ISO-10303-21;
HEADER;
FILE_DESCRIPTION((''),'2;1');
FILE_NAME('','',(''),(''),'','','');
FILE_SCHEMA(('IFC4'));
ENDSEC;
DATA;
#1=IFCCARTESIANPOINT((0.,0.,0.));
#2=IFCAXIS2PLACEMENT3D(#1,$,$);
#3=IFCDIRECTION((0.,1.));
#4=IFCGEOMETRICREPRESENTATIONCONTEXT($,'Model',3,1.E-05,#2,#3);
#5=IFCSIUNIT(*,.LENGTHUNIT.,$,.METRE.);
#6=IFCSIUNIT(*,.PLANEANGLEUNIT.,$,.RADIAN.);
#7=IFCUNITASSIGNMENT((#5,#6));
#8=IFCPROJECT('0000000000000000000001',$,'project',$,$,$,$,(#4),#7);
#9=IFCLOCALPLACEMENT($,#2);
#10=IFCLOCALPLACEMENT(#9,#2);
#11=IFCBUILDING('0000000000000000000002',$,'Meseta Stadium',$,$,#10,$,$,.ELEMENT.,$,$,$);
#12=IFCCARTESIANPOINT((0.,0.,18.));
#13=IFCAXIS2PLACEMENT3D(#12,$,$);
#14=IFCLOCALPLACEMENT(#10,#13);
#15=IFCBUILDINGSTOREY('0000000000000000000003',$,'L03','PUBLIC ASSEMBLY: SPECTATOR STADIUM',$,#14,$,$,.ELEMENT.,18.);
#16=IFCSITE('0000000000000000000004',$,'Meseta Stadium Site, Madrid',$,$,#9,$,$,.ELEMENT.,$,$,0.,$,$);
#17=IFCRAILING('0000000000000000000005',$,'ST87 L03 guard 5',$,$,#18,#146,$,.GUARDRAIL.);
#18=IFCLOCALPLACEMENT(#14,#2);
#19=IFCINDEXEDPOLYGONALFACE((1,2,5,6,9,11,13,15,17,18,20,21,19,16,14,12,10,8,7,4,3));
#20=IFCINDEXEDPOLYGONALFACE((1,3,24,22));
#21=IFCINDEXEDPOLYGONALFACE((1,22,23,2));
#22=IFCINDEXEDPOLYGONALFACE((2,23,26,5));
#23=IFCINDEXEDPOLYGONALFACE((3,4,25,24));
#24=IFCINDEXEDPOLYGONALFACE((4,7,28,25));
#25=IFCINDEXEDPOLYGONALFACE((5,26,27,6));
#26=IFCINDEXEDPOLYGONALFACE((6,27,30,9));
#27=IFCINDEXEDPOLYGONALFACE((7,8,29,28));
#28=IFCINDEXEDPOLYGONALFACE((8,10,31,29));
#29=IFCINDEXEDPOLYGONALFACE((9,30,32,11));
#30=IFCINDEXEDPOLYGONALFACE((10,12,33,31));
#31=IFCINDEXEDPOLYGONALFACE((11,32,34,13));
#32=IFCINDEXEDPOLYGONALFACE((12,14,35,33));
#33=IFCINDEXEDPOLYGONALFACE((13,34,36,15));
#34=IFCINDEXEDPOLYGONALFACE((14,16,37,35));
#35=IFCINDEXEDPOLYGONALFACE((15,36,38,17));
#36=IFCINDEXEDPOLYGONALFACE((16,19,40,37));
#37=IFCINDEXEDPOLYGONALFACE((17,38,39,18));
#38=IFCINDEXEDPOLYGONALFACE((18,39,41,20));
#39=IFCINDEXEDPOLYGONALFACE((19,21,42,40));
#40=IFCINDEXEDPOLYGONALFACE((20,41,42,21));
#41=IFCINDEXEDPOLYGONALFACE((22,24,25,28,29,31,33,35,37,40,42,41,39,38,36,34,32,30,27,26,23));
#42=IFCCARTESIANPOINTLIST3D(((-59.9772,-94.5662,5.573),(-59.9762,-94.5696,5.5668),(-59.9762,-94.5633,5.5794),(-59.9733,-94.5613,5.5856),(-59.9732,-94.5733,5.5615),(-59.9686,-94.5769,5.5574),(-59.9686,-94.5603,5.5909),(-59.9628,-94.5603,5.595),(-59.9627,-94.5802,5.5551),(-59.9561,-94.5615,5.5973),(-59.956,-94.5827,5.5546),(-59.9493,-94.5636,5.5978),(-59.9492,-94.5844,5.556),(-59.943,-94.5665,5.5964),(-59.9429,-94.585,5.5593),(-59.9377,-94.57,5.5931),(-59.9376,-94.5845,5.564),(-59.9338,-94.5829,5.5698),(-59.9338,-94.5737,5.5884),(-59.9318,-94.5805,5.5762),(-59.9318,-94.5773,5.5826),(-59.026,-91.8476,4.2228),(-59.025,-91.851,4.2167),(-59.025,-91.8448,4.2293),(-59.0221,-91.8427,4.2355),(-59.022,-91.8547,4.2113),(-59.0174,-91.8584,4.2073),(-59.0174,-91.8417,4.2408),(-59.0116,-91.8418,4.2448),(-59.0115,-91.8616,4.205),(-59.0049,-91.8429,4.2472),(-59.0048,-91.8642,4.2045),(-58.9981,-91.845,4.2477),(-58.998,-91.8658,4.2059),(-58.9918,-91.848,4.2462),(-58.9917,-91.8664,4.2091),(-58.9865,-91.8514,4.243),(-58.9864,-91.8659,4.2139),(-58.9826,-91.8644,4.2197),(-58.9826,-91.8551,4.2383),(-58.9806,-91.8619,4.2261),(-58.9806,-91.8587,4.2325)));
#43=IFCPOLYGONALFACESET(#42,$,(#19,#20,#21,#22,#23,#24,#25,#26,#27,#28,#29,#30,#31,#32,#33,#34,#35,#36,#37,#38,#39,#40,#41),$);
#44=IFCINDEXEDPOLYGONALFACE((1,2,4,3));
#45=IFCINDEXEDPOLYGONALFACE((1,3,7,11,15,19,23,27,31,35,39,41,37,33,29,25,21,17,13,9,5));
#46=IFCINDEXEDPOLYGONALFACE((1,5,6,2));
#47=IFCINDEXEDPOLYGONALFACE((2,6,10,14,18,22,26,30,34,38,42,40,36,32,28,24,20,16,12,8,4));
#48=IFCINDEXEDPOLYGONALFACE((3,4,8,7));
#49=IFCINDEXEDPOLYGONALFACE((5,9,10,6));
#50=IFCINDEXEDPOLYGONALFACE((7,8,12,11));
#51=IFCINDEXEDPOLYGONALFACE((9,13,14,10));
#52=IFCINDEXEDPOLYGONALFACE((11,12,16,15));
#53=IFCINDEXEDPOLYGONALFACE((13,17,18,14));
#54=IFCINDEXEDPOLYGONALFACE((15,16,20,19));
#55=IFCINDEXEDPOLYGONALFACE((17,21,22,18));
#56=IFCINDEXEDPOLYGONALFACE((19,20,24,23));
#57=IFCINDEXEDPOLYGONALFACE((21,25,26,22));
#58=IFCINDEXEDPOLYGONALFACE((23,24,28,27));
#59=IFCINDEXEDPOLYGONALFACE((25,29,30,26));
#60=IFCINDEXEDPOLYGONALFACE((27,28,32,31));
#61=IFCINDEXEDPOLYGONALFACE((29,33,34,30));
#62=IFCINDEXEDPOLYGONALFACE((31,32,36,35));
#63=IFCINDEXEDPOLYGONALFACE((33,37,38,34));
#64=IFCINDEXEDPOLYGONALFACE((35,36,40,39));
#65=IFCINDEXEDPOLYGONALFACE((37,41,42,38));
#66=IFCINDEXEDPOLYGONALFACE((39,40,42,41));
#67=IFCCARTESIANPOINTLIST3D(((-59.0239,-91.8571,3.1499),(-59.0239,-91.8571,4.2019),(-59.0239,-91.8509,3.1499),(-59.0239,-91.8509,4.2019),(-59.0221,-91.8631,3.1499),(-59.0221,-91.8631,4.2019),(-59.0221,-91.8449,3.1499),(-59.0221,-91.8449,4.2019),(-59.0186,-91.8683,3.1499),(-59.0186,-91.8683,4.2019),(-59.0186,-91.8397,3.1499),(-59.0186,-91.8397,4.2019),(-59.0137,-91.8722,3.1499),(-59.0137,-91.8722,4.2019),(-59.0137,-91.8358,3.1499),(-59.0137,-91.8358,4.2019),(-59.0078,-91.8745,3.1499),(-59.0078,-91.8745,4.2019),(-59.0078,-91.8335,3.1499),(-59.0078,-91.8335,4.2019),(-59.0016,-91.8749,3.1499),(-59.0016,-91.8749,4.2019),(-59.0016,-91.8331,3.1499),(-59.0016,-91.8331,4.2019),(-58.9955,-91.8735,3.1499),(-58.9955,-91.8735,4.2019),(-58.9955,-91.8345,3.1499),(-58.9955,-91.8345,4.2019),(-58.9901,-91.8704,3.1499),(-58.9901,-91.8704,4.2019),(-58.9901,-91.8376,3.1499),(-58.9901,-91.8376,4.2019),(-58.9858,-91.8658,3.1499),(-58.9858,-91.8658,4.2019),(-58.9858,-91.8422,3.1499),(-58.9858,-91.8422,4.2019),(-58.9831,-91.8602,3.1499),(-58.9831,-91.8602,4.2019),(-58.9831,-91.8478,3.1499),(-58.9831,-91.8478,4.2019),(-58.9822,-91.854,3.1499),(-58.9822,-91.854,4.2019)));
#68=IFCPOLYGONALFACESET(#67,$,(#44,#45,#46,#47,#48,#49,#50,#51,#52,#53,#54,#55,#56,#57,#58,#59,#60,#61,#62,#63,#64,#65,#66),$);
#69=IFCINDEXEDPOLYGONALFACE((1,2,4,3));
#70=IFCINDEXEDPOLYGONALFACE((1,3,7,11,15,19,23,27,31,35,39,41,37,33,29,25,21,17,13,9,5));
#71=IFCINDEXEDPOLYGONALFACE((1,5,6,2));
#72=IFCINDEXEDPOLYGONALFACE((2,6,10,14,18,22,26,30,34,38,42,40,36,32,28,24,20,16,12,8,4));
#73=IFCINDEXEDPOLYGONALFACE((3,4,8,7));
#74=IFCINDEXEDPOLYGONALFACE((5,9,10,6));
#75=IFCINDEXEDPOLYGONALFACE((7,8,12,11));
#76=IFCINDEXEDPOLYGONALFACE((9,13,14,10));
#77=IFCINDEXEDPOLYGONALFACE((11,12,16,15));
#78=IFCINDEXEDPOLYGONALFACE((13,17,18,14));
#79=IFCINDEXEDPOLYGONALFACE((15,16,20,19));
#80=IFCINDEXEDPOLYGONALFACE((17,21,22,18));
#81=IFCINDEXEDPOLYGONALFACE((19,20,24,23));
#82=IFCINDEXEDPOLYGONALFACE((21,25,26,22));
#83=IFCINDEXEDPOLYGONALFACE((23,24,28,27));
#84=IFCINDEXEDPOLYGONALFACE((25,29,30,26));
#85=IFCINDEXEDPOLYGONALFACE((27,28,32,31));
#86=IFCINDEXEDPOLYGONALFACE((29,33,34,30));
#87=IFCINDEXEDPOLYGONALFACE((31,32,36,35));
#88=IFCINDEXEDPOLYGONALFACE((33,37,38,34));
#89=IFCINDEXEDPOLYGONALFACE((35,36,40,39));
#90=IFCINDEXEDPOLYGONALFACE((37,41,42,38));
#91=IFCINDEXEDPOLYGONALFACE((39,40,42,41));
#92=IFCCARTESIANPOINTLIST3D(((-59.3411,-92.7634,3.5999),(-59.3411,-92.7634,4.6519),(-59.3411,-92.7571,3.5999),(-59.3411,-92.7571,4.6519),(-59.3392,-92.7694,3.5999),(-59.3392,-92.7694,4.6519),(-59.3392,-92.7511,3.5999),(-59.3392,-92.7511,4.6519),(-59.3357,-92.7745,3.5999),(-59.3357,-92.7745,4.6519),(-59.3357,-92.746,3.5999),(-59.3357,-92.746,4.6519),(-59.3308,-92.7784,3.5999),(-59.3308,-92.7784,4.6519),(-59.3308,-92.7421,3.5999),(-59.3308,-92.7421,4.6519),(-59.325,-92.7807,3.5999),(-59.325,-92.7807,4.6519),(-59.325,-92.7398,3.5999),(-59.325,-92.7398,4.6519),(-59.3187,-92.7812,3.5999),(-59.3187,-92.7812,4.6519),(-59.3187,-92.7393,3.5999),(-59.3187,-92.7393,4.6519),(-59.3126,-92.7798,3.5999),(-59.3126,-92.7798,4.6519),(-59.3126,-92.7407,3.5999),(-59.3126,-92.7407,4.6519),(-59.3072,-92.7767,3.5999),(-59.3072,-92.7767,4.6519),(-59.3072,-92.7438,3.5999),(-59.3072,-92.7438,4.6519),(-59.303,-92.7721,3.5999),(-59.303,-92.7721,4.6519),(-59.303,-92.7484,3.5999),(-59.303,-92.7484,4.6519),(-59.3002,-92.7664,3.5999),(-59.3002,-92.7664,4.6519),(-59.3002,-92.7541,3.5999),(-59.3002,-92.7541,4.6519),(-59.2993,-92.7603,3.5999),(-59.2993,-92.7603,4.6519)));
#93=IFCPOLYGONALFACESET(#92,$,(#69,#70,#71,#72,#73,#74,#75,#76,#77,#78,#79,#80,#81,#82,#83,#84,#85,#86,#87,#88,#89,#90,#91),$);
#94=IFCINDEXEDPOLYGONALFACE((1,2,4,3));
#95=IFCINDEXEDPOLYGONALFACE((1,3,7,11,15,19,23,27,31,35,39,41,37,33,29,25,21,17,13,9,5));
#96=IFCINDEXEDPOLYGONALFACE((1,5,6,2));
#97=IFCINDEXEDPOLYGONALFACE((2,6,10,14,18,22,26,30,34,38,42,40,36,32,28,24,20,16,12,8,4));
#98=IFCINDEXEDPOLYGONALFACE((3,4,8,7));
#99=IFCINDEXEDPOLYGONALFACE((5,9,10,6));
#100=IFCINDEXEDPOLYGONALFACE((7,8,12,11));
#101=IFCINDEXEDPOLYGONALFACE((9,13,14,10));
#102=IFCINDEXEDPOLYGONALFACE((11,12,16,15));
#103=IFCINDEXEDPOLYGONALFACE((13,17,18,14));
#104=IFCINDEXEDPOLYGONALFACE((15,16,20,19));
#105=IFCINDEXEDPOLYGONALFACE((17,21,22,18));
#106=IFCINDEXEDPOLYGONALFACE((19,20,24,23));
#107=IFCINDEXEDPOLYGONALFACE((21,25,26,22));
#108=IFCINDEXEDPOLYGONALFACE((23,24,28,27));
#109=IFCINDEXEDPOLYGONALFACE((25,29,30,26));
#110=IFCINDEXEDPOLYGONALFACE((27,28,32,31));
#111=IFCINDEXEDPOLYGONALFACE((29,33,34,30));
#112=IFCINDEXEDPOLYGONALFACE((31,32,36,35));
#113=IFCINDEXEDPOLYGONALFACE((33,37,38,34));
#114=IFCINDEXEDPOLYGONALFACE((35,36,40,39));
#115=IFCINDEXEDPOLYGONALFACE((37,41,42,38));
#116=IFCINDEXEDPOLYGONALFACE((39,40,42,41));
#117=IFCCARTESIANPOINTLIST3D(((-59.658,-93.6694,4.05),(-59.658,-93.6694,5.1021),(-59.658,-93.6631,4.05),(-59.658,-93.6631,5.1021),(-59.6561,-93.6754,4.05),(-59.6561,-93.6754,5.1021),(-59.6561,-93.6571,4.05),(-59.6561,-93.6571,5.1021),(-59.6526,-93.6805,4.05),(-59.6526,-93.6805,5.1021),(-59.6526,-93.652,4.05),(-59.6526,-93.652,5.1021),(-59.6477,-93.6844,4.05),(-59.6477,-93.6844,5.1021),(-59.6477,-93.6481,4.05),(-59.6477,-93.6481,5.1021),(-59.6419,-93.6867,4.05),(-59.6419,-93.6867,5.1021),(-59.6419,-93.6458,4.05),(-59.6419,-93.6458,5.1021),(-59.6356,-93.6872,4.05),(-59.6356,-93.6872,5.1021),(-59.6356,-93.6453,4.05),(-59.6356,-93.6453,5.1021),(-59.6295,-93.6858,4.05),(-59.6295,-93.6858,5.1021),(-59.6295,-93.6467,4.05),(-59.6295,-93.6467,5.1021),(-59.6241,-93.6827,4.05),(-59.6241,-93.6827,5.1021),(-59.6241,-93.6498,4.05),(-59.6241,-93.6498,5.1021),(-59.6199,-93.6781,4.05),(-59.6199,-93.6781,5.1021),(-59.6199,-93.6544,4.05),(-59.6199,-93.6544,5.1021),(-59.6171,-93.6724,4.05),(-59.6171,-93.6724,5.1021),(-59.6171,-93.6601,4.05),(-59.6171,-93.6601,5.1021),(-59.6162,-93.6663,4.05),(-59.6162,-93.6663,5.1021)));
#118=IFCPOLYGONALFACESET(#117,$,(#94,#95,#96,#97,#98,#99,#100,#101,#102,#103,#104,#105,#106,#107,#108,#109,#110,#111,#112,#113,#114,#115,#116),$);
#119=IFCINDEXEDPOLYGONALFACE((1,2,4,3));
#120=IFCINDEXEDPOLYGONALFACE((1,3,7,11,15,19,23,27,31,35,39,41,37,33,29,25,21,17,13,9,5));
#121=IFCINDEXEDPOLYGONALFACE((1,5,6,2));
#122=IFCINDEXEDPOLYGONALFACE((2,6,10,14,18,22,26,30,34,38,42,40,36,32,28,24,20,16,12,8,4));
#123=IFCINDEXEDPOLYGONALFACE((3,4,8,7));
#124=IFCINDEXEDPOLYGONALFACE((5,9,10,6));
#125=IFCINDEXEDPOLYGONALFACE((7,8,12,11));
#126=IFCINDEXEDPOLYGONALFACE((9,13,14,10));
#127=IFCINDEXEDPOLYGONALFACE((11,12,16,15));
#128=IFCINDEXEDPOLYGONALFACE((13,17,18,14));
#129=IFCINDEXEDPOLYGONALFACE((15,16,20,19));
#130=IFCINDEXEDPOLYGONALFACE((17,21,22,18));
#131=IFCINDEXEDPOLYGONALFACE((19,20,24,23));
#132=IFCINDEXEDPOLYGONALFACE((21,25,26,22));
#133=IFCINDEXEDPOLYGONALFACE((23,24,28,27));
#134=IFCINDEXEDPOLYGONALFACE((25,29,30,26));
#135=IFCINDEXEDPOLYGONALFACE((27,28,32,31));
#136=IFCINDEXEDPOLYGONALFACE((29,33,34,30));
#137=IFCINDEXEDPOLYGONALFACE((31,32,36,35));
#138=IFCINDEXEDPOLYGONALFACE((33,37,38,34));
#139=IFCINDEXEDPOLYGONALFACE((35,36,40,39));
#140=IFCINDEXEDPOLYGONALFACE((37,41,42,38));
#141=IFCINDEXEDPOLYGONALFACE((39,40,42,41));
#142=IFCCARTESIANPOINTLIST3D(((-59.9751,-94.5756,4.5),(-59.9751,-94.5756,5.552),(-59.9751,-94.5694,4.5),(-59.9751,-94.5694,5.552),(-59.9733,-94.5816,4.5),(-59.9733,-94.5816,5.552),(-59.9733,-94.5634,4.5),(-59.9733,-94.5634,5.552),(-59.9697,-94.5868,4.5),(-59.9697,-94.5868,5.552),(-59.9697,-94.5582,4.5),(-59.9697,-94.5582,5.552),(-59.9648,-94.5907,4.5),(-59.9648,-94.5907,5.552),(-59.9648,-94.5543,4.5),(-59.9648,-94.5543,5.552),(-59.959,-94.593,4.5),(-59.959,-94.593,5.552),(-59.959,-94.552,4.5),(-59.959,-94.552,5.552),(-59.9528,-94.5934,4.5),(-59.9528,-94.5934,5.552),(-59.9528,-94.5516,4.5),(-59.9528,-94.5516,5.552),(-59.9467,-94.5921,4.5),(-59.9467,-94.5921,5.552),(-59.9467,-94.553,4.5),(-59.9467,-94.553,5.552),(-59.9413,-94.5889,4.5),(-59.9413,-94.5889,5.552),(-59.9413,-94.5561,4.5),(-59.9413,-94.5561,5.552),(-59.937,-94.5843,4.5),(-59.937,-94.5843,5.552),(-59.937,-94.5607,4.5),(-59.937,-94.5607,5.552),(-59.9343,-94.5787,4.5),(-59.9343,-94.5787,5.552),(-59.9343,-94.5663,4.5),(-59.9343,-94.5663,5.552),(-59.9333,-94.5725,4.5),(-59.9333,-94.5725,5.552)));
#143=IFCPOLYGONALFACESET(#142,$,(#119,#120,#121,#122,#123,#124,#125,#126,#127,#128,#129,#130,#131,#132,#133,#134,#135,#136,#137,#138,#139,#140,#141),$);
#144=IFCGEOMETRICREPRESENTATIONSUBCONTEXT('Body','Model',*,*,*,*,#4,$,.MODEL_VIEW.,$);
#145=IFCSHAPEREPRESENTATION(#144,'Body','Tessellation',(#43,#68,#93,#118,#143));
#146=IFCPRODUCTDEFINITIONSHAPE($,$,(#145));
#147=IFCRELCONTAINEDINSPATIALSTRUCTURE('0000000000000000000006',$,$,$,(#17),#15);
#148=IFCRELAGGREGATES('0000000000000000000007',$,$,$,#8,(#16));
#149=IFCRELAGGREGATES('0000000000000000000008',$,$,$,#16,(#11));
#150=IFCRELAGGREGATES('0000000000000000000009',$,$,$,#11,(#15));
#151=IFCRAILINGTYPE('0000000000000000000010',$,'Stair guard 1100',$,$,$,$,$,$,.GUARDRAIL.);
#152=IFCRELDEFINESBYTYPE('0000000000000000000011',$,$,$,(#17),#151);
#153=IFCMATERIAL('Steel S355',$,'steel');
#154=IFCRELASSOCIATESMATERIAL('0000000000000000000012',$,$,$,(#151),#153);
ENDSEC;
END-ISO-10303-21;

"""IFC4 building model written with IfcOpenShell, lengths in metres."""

from ifc_helpers import new_model, si_unit, direction, frame, origin, origin_2d, place, context, subcontext, project, spatial, circle, extrude, material, type_object, element, save


model = new_model("IFC4")

# Units and contexts
model_context = context("Model", 3, precision=1e-05, world=origin(), true_north=direction((0.0, 1.0)))
body_context = subcontext(model_context, "Body", "Model", "MODEL_VIEW")
ifc_project = project(units=[si_unit("LENGTHUNIT", "METRE"), si_unit("PLANEANGLEUNIT", "RADIAN")], contexts=[model_context])

# Site, building, storey
site_placement = place(None, origin())
site = spatial("IfcSite", under=ifc_project, at=site_placement, Name="Meseta Stadium Site, Madrid", CompositionType="ELEMENT", RefElevation=0.0)
building_placement = place(site_placement, origin())
building = spatial("IfcBuilding", under=site, at=building_placement, Name="Meseta Stadium", CompositionType="ELEMENT")
storey_placement = place(building_placement, frame((0.0, 0.0, 18.0)))
storey = spatial("IfcBuildingStorey", under=building, at=storey_placement, Name="L03", Description="PUBLIC ASSEMBLY: SPECTATOR STADIUM", CompositionType="ELEMENT", Elevation=18.0)

# Railing
ifc_material_1 = material(Name="Steel S355", Category="steel")
railing_type_1 = type_object("IfcRailingType", Name="Stair guard 1100", PredefinedType="GUARDRAIL", material=ifc_material_1)
railing_1_placement = place(storey_placement, frame((-59.0032, -91.854, 3.1499)))
element("IfcRailing", 1, at=railing_1_placement, inside=storey, type_object=railing_type_1, Name="ST87 L03 guard 5", PredefinedType="GUARDRAIL", context=body_context, shape_type="SweptSolid", body=[
    extrude(circle(Radius=0.0239, at=origin_2d()), frame((0.0, 0.0, 1.0762), z_axis=(-0.299031, -0.854649, 0.424446), x_axis=(0.943891, -0.330256, 0.0)), (0.0, 0.0, 1.0), 3.1809),
    extrude(circle(Radius=0.021, at=origin_2d()), origin(), (0.0, 0.0, 1.0), 1.052),
    extrude(circle(Radius=0.021, at=origin_2d()), frame((-0.3171, -0.9062, 0.45)), (0.0, 0.0, 1.0), 1.052),
    extrude(circle(Radius=0.021, at=origin_2d()), frame((-0.634, -1.8123, 0.9001)), (0.0, 0.0, 1.0), 1.052),
    extrude(circle(Radius=0.021, at=origin_2d()), frame((-0.9512, -2.7185, 1.3501)), (0.0, 0.0, 1.0), 1.052),
])

save(model, "model.ifc")
